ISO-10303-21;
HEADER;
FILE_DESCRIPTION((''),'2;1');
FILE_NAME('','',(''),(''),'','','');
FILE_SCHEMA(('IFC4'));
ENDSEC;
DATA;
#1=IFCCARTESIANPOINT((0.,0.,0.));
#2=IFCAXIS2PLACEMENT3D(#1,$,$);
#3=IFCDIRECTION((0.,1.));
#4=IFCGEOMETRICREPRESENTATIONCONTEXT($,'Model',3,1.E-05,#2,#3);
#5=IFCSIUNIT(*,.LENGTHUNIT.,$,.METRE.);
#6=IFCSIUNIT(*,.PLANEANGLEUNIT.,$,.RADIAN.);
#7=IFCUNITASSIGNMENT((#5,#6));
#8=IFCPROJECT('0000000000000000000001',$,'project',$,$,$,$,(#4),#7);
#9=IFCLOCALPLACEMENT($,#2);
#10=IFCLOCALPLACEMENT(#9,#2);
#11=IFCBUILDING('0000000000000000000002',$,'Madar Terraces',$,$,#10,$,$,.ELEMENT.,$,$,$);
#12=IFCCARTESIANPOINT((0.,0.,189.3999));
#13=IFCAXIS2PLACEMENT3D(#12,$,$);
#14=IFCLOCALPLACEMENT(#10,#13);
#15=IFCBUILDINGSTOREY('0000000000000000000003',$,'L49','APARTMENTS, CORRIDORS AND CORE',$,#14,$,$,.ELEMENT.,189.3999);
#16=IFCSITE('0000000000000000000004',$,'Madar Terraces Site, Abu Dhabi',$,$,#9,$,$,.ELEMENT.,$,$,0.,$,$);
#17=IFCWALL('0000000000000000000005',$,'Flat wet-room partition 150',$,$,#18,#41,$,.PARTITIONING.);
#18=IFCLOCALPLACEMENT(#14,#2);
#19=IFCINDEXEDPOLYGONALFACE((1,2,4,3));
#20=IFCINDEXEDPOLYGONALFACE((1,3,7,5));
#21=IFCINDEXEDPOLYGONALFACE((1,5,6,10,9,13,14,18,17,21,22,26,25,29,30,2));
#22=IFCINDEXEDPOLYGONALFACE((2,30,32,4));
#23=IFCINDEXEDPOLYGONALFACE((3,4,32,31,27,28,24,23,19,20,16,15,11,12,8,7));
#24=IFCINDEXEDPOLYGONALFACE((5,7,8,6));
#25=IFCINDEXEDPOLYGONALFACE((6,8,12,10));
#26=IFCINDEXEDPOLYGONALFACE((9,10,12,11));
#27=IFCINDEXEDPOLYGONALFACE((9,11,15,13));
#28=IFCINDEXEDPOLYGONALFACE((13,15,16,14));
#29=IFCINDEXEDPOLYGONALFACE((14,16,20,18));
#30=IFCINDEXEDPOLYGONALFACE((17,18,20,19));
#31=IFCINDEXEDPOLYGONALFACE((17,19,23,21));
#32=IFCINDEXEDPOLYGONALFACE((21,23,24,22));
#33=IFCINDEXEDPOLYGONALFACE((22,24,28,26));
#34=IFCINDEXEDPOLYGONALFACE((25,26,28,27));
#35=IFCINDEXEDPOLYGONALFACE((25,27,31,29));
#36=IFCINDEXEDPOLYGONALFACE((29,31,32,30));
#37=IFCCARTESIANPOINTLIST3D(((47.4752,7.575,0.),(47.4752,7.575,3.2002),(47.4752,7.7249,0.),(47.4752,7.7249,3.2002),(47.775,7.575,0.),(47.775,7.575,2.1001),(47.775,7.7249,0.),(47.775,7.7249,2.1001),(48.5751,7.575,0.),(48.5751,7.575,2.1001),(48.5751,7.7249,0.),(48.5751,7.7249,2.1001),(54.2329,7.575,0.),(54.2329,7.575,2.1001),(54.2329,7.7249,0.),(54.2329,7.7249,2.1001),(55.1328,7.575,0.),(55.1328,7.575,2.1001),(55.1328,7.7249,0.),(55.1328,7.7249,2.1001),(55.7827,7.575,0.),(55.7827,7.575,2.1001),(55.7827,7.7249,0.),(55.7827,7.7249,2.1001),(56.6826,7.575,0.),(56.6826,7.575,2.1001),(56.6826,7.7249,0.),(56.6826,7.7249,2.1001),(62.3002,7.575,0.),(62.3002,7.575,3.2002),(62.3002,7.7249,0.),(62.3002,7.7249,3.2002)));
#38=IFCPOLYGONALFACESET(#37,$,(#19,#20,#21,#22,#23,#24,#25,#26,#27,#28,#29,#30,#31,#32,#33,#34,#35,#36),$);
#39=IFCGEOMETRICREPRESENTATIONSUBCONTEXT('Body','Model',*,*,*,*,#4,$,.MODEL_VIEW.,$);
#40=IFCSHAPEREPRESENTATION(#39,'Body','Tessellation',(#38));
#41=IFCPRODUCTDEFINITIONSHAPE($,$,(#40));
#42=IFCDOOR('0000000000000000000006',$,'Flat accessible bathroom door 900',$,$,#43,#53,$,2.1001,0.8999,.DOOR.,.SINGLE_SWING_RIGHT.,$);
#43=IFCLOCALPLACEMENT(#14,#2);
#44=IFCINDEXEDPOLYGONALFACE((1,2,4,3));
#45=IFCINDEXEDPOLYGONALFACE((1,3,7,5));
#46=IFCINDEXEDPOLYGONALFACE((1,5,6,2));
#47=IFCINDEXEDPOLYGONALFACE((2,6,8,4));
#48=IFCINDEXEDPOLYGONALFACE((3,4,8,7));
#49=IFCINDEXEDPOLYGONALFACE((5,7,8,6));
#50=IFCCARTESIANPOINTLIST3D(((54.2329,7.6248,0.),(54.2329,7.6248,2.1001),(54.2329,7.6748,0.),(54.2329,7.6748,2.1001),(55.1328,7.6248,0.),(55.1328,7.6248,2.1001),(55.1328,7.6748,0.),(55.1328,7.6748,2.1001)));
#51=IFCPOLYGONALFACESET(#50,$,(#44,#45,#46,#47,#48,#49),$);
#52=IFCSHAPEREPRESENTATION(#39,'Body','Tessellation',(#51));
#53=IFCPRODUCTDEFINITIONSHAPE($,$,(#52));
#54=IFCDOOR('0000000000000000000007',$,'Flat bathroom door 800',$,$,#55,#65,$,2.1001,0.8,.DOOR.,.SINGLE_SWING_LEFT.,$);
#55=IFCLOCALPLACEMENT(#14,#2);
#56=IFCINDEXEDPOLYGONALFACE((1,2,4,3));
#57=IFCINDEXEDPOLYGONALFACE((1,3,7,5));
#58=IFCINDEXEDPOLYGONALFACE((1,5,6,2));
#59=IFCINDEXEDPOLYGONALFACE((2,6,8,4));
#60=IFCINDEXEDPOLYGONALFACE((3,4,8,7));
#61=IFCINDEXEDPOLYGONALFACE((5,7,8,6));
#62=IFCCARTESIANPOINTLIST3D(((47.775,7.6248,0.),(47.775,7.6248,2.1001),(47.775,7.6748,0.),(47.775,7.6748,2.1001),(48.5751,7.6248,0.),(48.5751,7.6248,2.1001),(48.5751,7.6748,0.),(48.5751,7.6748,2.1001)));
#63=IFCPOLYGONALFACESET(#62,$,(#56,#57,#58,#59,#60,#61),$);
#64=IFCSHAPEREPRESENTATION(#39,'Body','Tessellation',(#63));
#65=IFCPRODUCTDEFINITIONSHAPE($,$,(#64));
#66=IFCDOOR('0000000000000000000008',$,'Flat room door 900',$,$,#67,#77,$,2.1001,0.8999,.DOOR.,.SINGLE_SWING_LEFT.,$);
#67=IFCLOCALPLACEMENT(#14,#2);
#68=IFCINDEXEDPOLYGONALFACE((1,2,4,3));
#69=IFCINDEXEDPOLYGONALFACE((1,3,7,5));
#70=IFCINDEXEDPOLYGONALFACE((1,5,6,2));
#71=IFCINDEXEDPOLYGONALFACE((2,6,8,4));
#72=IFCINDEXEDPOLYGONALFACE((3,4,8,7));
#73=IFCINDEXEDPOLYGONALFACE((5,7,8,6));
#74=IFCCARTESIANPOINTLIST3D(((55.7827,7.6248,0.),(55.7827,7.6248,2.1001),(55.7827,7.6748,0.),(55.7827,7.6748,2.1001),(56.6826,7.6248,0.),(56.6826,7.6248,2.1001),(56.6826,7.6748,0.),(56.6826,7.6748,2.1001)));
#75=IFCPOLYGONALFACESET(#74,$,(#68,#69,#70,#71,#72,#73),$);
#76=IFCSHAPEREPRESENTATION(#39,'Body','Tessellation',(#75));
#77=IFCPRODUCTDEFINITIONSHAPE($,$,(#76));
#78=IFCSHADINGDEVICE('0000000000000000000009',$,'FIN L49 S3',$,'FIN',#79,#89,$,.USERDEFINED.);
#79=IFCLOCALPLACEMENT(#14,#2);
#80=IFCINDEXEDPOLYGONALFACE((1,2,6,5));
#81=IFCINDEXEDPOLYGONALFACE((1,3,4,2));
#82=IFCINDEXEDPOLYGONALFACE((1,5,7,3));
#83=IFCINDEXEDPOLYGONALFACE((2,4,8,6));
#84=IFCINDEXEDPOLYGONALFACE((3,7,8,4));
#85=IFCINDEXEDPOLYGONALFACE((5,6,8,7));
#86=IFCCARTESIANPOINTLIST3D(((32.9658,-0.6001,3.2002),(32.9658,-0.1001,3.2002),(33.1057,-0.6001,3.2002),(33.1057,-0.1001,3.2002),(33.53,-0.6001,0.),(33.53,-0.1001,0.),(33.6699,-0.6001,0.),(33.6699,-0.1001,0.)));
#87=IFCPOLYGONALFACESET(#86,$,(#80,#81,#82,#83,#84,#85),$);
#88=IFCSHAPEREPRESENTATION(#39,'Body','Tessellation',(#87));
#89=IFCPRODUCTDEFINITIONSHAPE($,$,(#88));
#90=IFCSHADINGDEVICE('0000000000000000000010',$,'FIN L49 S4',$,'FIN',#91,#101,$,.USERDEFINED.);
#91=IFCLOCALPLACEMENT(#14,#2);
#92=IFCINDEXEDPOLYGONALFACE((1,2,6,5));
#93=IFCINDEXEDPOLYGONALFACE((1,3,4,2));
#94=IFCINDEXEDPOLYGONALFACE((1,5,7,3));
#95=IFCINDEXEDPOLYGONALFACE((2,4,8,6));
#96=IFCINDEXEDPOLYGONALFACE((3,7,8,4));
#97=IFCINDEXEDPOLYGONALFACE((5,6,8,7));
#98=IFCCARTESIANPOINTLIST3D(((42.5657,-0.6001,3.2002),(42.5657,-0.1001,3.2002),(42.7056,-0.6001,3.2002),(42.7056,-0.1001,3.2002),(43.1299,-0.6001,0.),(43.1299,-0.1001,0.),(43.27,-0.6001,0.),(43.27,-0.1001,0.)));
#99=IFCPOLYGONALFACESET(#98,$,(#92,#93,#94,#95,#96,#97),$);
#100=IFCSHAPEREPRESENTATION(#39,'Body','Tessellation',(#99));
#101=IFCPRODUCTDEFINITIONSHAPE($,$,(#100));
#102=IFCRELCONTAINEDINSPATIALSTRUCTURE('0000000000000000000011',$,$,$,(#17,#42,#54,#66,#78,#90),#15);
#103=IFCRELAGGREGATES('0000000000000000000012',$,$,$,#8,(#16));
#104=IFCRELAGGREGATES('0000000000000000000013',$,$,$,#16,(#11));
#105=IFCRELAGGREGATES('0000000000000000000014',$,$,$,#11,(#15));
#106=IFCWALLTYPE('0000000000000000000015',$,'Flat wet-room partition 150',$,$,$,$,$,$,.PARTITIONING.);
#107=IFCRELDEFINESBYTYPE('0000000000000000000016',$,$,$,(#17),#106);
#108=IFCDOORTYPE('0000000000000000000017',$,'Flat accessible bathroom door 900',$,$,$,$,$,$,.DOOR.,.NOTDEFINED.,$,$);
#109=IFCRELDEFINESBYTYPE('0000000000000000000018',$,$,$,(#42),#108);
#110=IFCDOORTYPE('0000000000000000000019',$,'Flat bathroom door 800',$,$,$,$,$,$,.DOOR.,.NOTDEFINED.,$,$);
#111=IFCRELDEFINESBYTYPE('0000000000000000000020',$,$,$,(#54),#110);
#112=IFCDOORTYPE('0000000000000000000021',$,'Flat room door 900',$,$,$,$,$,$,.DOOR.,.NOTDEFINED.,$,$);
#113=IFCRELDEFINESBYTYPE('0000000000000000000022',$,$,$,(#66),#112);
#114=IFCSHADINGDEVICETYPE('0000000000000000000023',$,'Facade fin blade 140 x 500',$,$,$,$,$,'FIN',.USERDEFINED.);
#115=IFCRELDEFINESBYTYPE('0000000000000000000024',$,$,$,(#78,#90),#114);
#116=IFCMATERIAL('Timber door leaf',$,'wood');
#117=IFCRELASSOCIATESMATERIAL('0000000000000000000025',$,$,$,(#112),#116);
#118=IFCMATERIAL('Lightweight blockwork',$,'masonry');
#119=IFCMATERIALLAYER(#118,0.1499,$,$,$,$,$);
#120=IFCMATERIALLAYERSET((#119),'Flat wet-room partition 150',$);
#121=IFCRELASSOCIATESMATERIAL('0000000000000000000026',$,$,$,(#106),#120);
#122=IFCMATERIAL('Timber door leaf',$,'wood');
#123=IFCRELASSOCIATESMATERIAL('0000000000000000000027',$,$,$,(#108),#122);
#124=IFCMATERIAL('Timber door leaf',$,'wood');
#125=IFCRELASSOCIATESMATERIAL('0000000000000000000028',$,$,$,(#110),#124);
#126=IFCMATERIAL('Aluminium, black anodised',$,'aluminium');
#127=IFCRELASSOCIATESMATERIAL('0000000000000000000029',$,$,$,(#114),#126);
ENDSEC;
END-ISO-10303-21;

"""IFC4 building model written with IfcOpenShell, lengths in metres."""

from ifc_helpers import new_model, si_unit, direction, frame, frame_2d, origin, place, context, subcontext, project, spatial, polyline, rectangle, outline, extrude, material, layer, layer_set, type_object, element, fill, save


model = new_model("IFC4")

# Units and contexts
model_context = context("Model", 3, precision=1e-05, world=origin(), true_north=direction((0.0, 1.0)))
body_context = subcontext(model_context, "Body", "Model", "MODEL_VIEW")
ifc_project = project(units=[si_unit("LENGTHUNIT", "METRE"), si_unit("PLANEANGLEUNIT", "RADIAN")], contexts=[model_context])

# Site, building, storey
site_placement = place(None, origin())
site = spatial("IfcSite", under=ifc_project, at=site_placement, Name="Madar Terraces Site, Abu Dhabi", CompositionType="ELEMENT", RefElevation=0.0)
building_placement = place(site_placement, origin())
building = spatial("IfcBuilding", under=site, at=building_placement, Name="Madar Terraces", CompositionType="ELEMENT")
storey_placement = place(building_placement, frame((0.0, 0.0, 189.3999)))
storey = spatial("IfcBuildingStorey", under=building, at=storey_placement, Name="L49", Description="APARTMENTS, CORRIDORS AND CORE", CompositionType="ELEMENT", Elevation=189.3999)

# Shared definitions
ifc_material_1 = material(Name="Timber door leaf", Category="wood")
door_type_1 = type_object("IfcDoorType", Name="Flat room door 900", OperationType="NOTDEFINED", PredefinedType="DOOR", material=ifc_material_1)

# Shared definitions
ifc_material_2 = material(Name="Lightweight blockwork", Category="masonry")
ifc_layer_1 = layer(ifc_material_2, 0.1499)
ifc_layer_set_1 = layer_set([ifc_layer_1], Name="Flat wet-room partition 150")
wall_type_1 = type_object("IfcWallType", Name="Flat wet-room partition 150", PredefinedType="PARTITIONING", material=ifc_layer_set_1)

# Wall, openings, doors
wall_1_placement = place(storey_placement, frame((47.4751, 7.6499, 0.0), z_axis=(0.0, 0.0, 1.0), x_axis=(1.0, 0.0, 0.0)))
wall_1 = element("IfcWall", 1, at=wall_1_placement, inside=storey, type_object=wall_type_1, Name="Flat wet-room partition 150", PredefinedType="PARTITIONING", context=body_context, shape_type="SweptSolid", body=[
    extrude(rectangle(XDim=14.825, YDim=0.1499, at=frame_2d((7.4126, 0.0))), origin(), (0.0, 0.0, 1.0), 3.2002),
])
opening_1_placement = place(wall_1_placement, frame((0.3, 0.0, 0.0)))
opening_1 = element("IfcOpeningElement", 2, at=opening_1_placement, cuts=wall_1, PredefinedType="OPENING", context=body_context, shape_type="SweptSolid", body=[
    extrude(rectangle(XDim=0.8, YDim=2.1001, at=frame_2d((0.3999, 1.05))), frame((0.0, 0.085, 0.0), z_axis=(0.0, -1.0, 0.0), x_axis=(1.0, 0.0, 0.0)), (0.0, 0.0, 1.0), 0.1699),
])
opening_2_placement = place(wall_1_placement, frame((6.7578, 0.0, 0.0)))
opening_2 = element("IfcOpeningElement", 3, at=opening_2_placement, cuts=wall_1, PredefinedType="OPENING", context=body_context, shape_type="SweptSolid", body=[
    extrude(rectangle(XDim=0.8999, YDim=2.1001, at=frame_2d((0.45, 1.05))), frame((0.0, 0.085, 0.0), z_axis=(0.0, -1.0, 0.0), x_axis=(1.0, 0.0, 0.0)), (0.0, 0.0, 1.0), 0.1699),
])
opening_3_placement = place(wall_1_placement, frame((8.3076, 0.0, 0.0)))
opening_3 = element("IfcOpeningElement", 4, at=opening_3_placement, cuts=wall_1, PredefinedType="OPENING", context=body_context, shape_type="SweptSolid", body=[
    extrude(rectangle(XDim=0.8999, YDim=2.1001, at=frame_2d((0.45, 1.05))), frame((0.0, 0.085, 0.0), z_axis=(0.0, -1.0, 0.0), x_axis=(1.0, 0.0, 0.0)), (0.0, 0.0, 1.0), 0.1699),
])
ifc_material_3 = material(Name="Timber door leaf", Category="wood")
door_type_2 = type_object("IfcDoorType", Name="Flat accessible bathroom door 900", OperationType="NOTDEFINED", PredefinedType="DOOR", material=ifc_material_3)
door_1_placement = place(opening_2_placement, origin())
door_1 = element("IfcDoor", 5, at=door_1_placement, inside=storey, type_object=door_type_2, Name="Flat accessible bathroom door 900", OperationType="SINGLE_SWING_RIGHT", OverallHeight=2.1001, OverallWidth=0.8999, PredefinedType="DOOR", context=body_context, shape_type="SweptSolid", body=[
    extrude(rectangle(XDim=0.8999, YDim=2.1001, at=frame_2d((0.45, 1.05))), frame((0.0, 0.0249, 0.0), z_axis=(0.0, -1.0, 0.0), x_axis=(1.0, 0.0, 0.0)), (0.0, 0.0, 1.0), 0.05),
])
fill(opening_2, door_1)
ifc_material_4 = material(Name="Timber door leaf", Category="wood")
door_type_3 = type_object("IfcDoorType", Name="Flat bathroom door 800", OperationType="NOTDEFINED", PredefinedType="DOOR", material=ifc_material_4)
door_2_placement = place(opening_1_placement, origin())
door_2 = element("IfcDoor", 6, at=door_2_placement, inside=storey, type_object=door_type_3, Name="Flat bathroom door 800", OperationType="SINGLE_SWING_LEFT", OverallHeight=2.1001, OverallWidth=0.8, PredefinedType="DOOR", context=body_context, shape_type="SweptSolid", body=[
    extrude(rectangle(XDim=0.8, YDim=2.1001, at=frame_2d((0.3999, 1.05))), frame((0.0, 0.0249, 0.0), z_axis=(0.0, -1.0, 0.0), x_axis=(1.0, 0.0, 0.0)), (0.0, 0.0, 1.0), 0.05),
])
fill(opening_1, door_2)
door_3_placement = place(opening_3_placement, origin())
door_3 = element("IfcDoor", 7, at=door_3_placement, inside=storey, type_object=door_type_1, Name="Flat room door 900", OperationType="SINGLE_SWING_LEFT", OverallHeight=2.1001, OverallWidth=0.8999, PredefinedType="DOOR", context=body_context, shape_type="SweptSolid", body=[
    extrude(rectangle(XDim=0.8999, YDim=2.1001, at=frame_2d((0.45, 1.05))), frame((0.0, 0.0249, 0.0), z_axis=(0.0, -1.0, 0.0), x_axis=(1.0, 0.0, 0.0)), (0.0, 0.0, 1.0), 0.05),
])
fill(opening_3, door_3)

# Shading devices
ifc_material_5 = material(Name="Aluminium, black anodised", Category="aluminium")
shading_device_type = type_object("IfcShadingDeviceType", Name="Facade fin blade 140 x 500", ElementType="FIN", PredefinedType="USERDEFINED", material=ifc_material_5)
shading_device_1_placement = place(storey_placement, frame((33.53, -0.3501, 0.0), z_axis=(0.0, 0.0, 1.0), x_axis=(1.0, 0.0, 0.0)))
element("IfcShadingDevice", 8, at=shading_device_1_placement, inside=storey, type_object=shading_device_type, Name="FIN L49 S3", ObjectType="FIN", PredefinedType="USERDEFINED", context=body_context, shape_type="SweptSolid", body=[
    extrude(outline(polyline([(0.0, 0.0), (0.1399, 0.0), (-0.4243, 3.2002), (-0.5642, 3.2002), (0.0, 0.0)])), frame((0.0, 0.25, 0.0), z_axis=(0.0, -1.0, 0.0), x_axis=(1.0, 0.0, 0.0)), (0.0, 0.0, 1.0), 0.5),
])
shading_device_2_placement = place(storey_placement, frame((43.1299, -0.3501, 0.0), z_axis=(0.0, 0.0, 1.0), x_axis=(1.0, 0.0, 0.0)))
element("IfcShadingDevice", 9, at=shading_device_2_placement, inside=storey, type_object=shading_device_type, Name="FIN L49 S4", ObjectType="FIN", PredefinedType="USERDEFINED", context=body_context, shape_type="SweptSolid", body=[
    extrude(outline(polyline([(0.0, 0.0), (0.1401, 0.0), (-0.4243, 3.2002), (-0.5642, 3.2002), (0.0, 0.0)])), frame((0.0, 0.25, 0.0), z_axis=(0.0, -1.0, 0.0), x_axis=(1.0, 0.0, 0.0)), (0.0, 0.0, 1.0), 0.5),
])

save(model, "model.ifc")
